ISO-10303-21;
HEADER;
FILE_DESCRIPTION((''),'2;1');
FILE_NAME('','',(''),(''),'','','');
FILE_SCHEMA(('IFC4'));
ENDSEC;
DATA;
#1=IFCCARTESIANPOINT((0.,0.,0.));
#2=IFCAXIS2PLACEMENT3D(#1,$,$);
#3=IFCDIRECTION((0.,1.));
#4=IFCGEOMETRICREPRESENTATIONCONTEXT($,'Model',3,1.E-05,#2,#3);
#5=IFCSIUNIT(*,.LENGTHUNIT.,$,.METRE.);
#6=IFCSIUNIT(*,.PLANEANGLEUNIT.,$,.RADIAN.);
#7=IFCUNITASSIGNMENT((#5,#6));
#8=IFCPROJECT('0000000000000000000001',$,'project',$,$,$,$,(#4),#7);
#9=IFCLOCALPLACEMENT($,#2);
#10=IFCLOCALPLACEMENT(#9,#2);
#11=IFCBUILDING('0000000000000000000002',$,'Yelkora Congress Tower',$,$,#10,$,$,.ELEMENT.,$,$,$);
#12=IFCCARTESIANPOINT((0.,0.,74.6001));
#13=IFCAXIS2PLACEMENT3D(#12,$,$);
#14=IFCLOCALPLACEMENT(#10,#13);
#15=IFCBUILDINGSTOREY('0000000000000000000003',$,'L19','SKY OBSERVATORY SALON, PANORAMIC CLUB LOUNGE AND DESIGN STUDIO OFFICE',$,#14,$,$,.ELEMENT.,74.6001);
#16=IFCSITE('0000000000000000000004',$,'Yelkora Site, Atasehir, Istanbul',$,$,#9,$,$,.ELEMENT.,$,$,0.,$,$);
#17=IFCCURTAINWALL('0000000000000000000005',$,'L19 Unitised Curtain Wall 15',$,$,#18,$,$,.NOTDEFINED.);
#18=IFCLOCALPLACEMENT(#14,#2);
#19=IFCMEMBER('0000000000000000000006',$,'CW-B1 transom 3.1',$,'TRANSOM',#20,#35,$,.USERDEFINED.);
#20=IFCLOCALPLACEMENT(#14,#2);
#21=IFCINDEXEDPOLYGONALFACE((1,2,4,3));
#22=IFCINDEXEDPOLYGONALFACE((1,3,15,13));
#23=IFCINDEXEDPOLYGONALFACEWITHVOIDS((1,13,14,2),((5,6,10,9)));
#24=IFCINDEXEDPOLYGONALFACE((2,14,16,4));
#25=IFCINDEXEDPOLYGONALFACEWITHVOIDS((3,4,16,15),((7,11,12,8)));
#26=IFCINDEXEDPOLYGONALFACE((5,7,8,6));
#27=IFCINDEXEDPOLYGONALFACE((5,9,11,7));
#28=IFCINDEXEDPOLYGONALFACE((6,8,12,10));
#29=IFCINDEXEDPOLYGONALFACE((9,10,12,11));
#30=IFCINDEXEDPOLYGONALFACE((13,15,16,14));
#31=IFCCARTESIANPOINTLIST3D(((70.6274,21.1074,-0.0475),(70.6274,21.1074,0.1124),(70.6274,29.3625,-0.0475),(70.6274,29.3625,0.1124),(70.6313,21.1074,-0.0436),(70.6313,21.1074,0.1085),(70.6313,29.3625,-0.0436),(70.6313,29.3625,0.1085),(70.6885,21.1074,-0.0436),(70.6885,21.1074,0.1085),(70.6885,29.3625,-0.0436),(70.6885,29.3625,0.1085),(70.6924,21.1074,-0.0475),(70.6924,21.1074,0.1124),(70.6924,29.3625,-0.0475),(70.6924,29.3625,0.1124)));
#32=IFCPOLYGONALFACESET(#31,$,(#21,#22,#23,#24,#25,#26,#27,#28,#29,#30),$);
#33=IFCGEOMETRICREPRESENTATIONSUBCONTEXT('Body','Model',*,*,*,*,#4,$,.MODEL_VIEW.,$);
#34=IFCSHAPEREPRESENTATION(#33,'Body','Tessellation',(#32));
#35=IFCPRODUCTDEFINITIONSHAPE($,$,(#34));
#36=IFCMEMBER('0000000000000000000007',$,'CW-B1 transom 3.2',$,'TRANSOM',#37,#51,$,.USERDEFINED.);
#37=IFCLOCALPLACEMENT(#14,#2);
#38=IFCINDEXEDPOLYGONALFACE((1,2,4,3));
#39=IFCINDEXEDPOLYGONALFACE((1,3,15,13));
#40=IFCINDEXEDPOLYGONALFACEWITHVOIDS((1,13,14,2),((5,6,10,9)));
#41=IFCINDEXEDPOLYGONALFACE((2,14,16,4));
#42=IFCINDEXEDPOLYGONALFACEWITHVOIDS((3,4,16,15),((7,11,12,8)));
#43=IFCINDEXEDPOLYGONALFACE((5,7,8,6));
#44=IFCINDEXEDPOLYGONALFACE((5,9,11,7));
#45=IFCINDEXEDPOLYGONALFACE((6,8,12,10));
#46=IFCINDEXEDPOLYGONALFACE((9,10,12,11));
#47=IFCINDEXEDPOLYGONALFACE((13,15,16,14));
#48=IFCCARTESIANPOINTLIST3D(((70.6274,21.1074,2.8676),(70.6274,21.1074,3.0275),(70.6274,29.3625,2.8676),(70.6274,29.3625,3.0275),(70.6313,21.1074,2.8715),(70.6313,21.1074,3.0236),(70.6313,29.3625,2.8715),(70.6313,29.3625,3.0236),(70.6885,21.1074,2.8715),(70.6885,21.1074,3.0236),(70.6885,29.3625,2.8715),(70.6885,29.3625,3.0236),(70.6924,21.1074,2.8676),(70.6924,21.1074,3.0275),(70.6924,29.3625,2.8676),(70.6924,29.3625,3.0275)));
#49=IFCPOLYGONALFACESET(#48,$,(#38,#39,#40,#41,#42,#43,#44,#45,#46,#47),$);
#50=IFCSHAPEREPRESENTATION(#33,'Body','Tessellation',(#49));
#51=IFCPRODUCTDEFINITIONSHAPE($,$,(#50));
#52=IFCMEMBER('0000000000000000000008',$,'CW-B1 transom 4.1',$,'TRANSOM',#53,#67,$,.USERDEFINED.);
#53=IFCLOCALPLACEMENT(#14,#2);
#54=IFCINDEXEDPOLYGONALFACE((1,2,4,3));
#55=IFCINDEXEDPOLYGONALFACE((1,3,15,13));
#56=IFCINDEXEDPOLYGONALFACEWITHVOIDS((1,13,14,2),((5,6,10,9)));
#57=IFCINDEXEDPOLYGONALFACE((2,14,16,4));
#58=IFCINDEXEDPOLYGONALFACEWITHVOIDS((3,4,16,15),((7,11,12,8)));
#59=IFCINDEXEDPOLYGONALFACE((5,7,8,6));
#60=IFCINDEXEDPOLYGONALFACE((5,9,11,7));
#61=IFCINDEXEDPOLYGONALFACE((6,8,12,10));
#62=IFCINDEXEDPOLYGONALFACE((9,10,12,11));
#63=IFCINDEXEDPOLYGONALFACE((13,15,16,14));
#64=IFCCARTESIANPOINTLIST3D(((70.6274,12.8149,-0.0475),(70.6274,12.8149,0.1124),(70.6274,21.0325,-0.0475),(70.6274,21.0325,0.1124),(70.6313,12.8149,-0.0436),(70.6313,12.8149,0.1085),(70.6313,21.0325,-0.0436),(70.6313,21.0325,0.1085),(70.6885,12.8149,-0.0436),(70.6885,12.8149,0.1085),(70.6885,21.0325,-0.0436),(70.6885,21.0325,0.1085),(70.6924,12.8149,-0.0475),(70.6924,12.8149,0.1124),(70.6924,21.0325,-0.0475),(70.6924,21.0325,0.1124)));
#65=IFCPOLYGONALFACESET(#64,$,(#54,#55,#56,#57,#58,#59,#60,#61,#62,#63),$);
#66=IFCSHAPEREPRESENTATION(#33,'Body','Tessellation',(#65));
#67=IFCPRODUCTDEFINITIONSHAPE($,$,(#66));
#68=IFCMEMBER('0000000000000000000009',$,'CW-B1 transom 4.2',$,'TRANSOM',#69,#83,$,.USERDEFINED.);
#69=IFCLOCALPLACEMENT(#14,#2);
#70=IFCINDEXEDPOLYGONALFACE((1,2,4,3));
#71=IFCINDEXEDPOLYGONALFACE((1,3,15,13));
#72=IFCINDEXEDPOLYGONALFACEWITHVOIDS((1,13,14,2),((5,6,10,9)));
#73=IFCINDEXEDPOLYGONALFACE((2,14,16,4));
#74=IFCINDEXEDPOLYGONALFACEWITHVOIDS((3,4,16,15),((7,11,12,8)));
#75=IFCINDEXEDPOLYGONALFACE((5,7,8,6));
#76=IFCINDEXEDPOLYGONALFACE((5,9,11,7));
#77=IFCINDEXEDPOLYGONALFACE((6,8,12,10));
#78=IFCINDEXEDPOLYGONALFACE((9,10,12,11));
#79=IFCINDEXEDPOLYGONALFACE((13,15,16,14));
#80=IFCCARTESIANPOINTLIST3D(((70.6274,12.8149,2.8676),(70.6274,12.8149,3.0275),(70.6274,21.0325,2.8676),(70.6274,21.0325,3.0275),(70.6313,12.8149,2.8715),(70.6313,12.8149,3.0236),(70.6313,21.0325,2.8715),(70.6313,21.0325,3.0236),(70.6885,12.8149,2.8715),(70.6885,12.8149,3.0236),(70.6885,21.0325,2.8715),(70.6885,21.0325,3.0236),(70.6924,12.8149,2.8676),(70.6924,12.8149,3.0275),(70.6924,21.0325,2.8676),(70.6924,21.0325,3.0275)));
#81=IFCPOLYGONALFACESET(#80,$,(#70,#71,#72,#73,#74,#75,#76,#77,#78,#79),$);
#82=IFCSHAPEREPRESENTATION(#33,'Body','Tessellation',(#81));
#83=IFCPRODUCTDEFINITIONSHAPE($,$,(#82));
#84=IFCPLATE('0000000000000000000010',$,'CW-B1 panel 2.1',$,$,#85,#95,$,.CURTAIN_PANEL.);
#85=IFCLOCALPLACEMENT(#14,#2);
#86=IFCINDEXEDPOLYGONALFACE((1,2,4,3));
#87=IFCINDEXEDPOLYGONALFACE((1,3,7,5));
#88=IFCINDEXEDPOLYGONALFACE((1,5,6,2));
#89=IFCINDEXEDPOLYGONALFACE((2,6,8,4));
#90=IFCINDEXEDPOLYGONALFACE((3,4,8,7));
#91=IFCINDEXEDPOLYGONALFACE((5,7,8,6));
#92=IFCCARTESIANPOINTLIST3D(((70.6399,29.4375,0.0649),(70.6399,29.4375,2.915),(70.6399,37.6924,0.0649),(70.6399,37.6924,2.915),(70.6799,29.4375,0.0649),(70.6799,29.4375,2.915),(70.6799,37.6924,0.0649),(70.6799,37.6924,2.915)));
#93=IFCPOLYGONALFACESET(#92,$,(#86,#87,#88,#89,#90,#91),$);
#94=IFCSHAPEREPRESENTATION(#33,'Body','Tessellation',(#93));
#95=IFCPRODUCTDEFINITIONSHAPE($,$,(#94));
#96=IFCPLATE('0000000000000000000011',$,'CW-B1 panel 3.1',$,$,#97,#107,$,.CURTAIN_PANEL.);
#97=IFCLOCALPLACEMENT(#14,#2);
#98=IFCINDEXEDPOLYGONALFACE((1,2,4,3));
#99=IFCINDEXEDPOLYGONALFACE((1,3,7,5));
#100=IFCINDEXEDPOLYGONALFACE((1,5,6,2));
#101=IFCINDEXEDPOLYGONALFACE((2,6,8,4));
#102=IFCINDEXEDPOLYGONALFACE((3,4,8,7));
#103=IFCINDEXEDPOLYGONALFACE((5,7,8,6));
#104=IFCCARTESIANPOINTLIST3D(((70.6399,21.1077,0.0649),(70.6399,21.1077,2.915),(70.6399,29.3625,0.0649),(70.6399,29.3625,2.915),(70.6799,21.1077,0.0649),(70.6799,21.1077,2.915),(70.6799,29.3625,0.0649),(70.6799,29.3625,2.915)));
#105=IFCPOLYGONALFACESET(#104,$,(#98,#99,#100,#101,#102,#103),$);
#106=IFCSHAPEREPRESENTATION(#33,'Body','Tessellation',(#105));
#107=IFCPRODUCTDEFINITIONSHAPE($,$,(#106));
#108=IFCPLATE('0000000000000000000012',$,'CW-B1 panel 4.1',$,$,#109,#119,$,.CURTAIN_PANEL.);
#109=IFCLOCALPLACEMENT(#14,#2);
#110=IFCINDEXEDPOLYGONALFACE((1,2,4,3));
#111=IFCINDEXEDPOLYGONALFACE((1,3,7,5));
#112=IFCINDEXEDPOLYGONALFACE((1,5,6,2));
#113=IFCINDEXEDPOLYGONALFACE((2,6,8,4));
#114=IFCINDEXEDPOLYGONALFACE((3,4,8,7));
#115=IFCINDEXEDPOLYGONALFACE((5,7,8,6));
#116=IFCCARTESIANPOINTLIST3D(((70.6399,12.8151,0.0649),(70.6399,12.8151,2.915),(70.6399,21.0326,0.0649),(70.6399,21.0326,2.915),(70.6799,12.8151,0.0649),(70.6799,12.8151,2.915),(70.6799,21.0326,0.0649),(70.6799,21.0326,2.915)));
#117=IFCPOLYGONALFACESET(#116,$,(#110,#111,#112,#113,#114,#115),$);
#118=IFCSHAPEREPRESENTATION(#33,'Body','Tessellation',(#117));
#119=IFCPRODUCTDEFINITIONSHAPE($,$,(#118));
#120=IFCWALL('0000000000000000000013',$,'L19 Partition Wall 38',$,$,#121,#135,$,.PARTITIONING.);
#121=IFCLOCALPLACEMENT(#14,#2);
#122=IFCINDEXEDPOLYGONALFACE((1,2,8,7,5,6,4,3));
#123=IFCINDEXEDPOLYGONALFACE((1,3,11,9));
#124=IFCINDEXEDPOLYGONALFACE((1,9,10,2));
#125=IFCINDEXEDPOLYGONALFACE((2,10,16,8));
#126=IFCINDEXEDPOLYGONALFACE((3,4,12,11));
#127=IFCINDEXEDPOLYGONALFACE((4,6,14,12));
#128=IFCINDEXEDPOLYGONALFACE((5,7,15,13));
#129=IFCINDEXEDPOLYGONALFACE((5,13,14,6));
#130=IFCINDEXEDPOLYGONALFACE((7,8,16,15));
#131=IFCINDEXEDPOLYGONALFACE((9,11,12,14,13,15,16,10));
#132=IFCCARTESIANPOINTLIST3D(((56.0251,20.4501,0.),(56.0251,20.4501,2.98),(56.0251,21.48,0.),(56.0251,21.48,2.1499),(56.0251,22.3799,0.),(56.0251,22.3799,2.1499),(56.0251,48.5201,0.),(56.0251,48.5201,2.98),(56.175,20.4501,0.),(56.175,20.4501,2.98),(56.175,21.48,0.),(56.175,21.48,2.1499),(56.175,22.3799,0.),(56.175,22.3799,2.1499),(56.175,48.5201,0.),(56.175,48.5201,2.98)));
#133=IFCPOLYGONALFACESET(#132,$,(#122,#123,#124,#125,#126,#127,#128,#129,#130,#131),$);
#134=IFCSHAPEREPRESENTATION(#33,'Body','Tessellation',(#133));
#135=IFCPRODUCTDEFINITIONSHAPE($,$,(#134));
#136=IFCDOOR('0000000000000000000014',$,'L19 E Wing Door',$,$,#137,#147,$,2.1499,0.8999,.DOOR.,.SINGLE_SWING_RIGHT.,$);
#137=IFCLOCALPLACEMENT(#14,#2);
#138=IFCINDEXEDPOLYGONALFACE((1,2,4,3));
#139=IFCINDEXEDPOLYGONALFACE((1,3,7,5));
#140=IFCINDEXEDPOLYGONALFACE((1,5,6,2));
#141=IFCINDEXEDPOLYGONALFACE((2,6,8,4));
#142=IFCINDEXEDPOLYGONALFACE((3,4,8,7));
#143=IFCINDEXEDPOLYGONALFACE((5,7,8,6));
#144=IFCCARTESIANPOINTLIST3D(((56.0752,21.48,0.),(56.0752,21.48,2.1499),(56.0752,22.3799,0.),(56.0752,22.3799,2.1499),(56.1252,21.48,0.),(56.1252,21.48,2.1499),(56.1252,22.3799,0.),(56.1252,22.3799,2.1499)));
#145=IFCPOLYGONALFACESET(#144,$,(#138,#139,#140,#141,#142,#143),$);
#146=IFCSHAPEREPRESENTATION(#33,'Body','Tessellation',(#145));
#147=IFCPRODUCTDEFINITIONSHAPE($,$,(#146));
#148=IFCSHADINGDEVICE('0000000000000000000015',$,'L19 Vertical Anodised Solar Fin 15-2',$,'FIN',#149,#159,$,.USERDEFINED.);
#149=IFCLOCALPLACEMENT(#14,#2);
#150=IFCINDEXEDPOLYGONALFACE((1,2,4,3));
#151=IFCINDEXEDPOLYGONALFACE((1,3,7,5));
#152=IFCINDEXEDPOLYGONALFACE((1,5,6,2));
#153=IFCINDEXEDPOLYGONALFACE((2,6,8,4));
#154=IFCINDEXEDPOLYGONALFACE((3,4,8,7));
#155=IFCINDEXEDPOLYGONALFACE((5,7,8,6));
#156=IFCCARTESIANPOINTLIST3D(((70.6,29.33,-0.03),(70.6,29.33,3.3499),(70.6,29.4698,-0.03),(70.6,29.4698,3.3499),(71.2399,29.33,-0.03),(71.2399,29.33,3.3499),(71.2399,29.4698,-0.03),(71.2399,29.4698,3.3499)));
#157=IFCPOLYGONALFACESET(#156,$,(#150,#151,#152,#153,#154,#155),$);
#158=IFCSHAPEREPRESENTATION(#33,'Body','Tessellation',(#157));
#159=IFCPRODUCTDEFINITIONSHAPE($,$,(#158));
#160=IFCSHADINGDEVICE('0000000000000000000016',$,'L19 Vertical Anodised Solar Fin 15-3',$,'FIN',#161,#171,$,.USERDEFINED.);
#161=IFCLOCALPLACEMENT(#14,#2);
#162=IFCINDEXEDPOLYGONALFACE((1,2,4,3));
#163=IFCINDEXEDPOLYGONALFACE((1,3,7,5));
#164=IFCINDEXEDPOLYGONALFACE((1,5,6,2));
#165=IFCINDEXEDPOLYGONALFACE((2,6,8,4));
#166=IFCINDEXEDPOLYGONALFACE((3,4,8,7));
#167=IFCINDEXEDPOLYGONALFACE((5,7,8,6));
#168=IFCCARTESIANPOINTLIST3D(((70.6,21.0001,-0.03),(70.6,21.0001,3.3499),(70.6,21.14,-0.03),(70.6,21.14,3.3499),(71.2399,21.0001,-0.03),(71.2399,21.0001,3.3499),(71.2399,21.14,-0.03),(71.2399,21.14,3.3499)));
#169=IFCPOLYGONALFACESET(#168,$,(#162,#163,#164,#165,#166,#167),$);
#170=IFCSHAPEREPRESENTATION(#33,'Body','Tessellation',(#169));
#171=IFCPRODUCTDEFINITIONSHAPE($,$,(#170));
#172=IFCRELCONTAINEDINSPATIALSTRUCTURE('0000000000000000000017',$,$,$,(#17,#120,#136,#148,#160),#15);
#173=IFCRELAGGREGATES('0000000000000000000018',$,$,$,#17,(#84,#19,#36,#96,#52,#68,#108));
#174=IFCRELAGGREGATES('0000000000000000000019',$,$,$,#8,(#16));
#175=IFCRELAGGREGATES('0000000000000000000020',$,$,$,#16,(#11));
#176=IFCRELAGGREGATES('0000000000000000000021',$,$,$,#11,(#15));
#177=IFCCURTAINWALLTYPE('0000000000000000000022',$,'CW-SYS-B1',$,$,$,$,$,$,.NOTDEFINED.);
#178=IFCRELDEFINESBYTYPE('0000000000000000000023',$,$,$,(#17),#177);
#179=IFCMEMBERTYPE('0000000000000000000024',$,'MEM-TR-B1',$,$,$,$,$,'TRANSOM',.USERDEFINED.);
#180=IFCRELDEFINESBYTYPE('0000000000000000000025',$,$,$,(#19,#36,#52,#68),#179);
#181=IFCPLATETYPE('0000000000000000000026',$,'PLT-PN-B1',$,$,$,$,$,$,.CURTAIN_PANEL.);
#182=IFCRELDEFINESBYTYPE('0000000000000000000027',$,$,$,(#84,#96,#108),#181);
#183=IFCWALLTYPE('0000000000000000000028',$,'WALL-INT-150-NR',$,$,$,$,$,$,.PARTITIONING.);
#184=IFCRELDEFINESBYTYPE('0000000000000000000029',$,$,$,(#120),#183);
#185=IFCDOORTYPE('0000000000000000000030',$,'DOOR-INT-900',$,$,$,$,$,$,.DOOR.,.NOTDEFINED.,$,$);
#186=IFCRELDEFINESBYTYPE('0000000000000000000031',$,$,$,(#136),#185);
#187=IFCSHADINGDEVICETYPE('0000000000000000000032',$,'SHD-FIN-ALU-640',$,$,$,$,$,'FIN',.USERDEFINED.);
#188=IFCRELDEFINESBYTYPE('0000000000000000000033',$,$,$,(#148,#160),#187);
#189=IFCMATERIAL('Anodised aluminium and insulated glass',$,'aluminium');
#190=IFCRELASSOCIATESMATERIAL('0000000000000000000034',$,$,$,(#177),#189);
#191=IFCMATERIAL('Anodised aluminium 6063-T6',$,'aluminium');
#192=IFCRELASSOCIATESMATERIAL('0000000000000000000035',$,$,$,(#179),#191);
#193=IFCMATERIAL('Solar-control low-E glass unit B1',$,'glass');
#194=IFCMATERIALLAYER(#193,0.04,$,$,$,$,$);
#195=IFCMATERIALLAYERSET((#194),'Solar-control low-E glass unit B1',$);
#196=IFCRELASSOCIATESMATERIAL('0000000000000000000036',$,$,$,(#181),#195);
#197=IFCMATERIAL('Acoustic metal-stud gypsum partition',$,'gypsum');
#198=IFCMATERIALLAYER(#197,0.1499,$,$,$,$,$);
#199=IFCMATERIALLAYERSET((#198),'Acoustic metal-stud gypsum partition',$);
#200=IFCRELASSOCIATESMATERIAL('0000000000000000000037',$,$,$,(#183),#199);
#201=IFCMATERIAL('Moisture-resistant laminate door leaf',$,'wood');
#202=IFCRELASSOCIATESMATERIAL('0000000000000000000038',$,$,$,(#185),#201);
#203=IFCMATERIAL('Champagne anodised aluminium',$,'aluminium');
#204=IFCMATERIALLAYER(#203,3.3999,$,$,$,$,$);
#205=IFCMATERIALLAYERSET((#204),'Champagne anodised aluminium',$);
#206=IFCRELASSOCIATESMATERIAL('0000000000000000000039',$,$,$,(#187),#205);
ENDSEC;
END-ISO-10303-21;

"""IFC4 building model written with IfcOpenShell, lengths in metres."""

from ifc_helpers import new_model, si_unit, direction, frame, frame_2d, origin, origin_2d, place, context, subcontext, project, spatial, rectangle, hollow_rectangle, extrude, material, layer, layer_set, material_profile, profile_set, type_object, element, fill, aggregate, save


model = new_model("IFC4")

# Units and contexts
model_context = context("Model", 3, precision=1e-05, world=origin(), true_north=direction((0.0, 1.0)))
body_context = subcontext(model_context, "Body", "Model", "MODEL_VIEW")
ifc_project = project(units=[si_unit("LENGTHUNIT", "METRE"), si_unit("PLANEANGLEUNIT", "RADIAN")], contexts=[model_context])

# Site, building, storey
site_placement = place(None, origin())
site = spatial("IfcSite", under=ifc_project, at=site_placement, Name="Yelkora Site, Atasehir, Istanbul", CompositionType="ELEMENT", RefElevation=0.0)
building_placement = place(site_placement, origin())
building = spatial("IfcBuilding", under=site, at=building_placement, Name="Yelkora Congress Tower", CompositionType="ELEMENT")
storey_placement = place(building_placement, frame((0.0, 0.0, 74.6001)))
storey = spatial("IfcBuildingStorey", under=building, at=storey_placement, Name="L19", Description="SKY OBSERVATORY SALON, PANORAMIC CLUB LOUNGE AND DESIGN STUDIO OFFICE", CompositionType="ELEMENT", Elevation=74.6001)

# Curtain wall, members, plates
ifc_material_1 = material(Name="Anodised aluminium and insulated glass", Category="aluminium")
curtain_wall_type = type_object("IfcCurtainWallType", Name="CW-SYS-B1", PredefinedType="NOTDEFINED", material=ifc_material_1)
curtain_wall_placement = place(storey_placement, origin())
curtain_wall = element("IfcCurtainWall", 1, at=curtain_wall_placement, inside=storey, type_object=curtain_wall_type, Name="L19 Unitised Curtain Wall 15", PredefinedType="NOTDEFINED")
ifc_material_2 = material(Name="Anodised aluminium 6063-T6", Category="aluminium")
ifc_material_profile_1 = material_profile(ifc_material_2, hollow_rectangle(XDim=0.0649, YDim=0.1599, WallThickness=0.0039, at=origin_2d()), Name="ALU 65x160x4")
ifc_profile_set_1 = profile_set([ifc_material_profile_1], Name="Anodised aluminium 6063-T6")
member_type_1 = type_object("IfcMemberType", Name="MEM-TR-B1", ElementType="TRANSOM", PredefinedType="USERDEFINED", material=ifc_profile_set_1)
member_1_placement = place(storey_placement, frame((70.6599, 29.3625, 0.0325), z_axis=(0.0, -1.0, 0.0), x_axis=(1.0, 0.0, 0.0)))
member_1 = element("IfcMember", 2, at=member_1_placement, type_object=member_type_1, Name="CW-B1 transom 3.1", ObjectType="TRANSOM", PredefinedType="USERDEFINED", context=body_context, shape_type="SweptSolid", body=[
    extrude(hollow_rectangle(XDim=0.0649, YDim=0.1599, WallThickness=0.0039, at=origin_2d()), origin(), (0.0, 0.0, 1.0), 8.2551),
])
member_2_placement = place(storey_placement, frame((70.6599, 29.3625, 2.9475), z_axis=(0.0, -1.0, 0.0), x_axis=(1.0, 0.0, 0.0)))
member_2 = element("IfcMember", 3, at=member_2_placement, type_object=member_type_1, Name="CW-B1 transom 3.2", ObjectType="TRANSOM", PredefinedType="USERDEFINED", context=body_context, shape_type="SweptSolid", body=[
    extrude(hollow_rectangle(XDim=0.0649, YDim=0.1599, WallThickness=0.0039, at=origin_2d()), origin(), (0.0, 0.0, 1.0), 8.2551),
])
member_3_placement = place(storey_placement, frame((70.6599, 21.0325, 0.0325), z_axis=(0.0, -1.0, 0.0), x_axis=(1.0, 0.0, 0.0)))
member_3 = element("IfcMember", 4, at=member_3_placement, type_object=member_type_1, Name="CW-B1 transom 4.1", ObjectType="TRANSOM", PredefinedType="USERDEFINED", context=body_context, shape_type="SweptSolid", body=[
    extrude(hollow_rectangle(XDim=0.0649, YDim=0.1599, WallThickness=0.0039, at=origin_2d()), origin(), (0.0, 0.0, 1.0), 8.2175),
])
member_4_placement = place(storey_placement, frame((70.6599, 21.0325, 2.9475), z_axis=(0.0, -1.0, 0.0), x_axis=(1.0, 0.0, 0.0)))
member_4 = element("IfcMember", 5, at=member_4_placement, type_object=member_type_1, Name="CW-B1 transom 4.2", ObjectType="TRANSOM", PredefinedType="USERDEFINED", context=body_context, shape_type="SweptSolid", body=[
    extrude(hollow_rectangle(XDim=0.0649, YDim=0.1599, WallThickness=0.0039, at=origin_2d()), origin(), (0.0, 0.0, 1.0), 8.2175),
])
ifc_material_3 = material(Name="Solar-control low-E glass unit B1", Category="glass")
ifc_layer_1 = layer(ifc_material_3, 0.04)
ifc_layer_set_1 = layer_set([ifc_layer_1], Name="Solar-control low-E glass unit B1")
plate_type = type_object("IfcPlateType", Name="PLT-PN-B1", PredefinedType="CURTAIN_PANEL", material=ifc_layer_set_1)
plate_1_placement = place(storey_placement, frame((70.6599, 33.5649, 0.0649), z_axis=(0.0, 0.0, 1.0), x_axis=(0.0, -1.0, 0.0)))
plate_1 = element("IfcPlate", 6, at=plate_1_placement, type_object=plate_type, Name="CW-B1 panel 2.1", PredefinedType="CURTAIN_PANEL", context=body_context, shape_type="SweptSolid", body=[
    extrude(rectangle(XDim=8.2549, YDim=0.04, at=origin_2d()), origin(), (0.0, 0.0, 1.0), 2.8501),
])
plate_2_placement = place(storey_placement, frame((70.6599, 25.2351, 0.0649), z_axis=(0.0, 0.0, 1.0), x_axis=(0.0, -1.0, 0.0)))
plate_2 = element("IfcPlate", 7, at=plate_2_placement, type_object=plate_type, Name="CW-B1 panel 3.1", PredefinedType="CURTAIN_PANEL", context=body_context, shape_type="SweptSolid", body=[
    extrude(rectangle(XDim=8.2549, YDim=0.04, at=origin_2d()), origin(), (0.0, 0.0, 1.0), 2.8501),
])
plate_3_placement = place(storey_placement, frame((70.6599, 16.9238, 0.0649), z_axis=(0.0, 0.0, 1.0), x_axis=(0.0, -1.0, 0.0)))
plate_3 = element("IfcPlate", 8, at=plate_3_placement, type_object=plate_type, Name="CW-B1 panel 4.1", PredefinedType="CURTAIN_PANEL", context=body_context, shape_type="SweptSolid", body=[
    extrude(rectangle(XDim=8.2175, YDim=0.04, at=origin_2d()), origin(), (0.0, 0.0, 1.0), 2.8501),
])
aggregate(curtain_wall, [plate_1, member_1, member_2, plate_2, member_3, member_4, plate_3])

# Wall, opening, door
ifc_material_4 = material(Name="Acoustic metal-stud gypsum partition", Category="gypsum")
ifc_layer_2 = layer(ifc_material_4, 0.1499)
ifc_layer_set_2 = layer_set([ifc_layer_2], Name="Acoustic metal-stud gypsum partition")
wall_type = type_object("IfcWallType", Name="WALL-INT-150-NR", PredefinedType="PARTITIONING", material=ifc_layer_set_2)
wall_placement = place(storey_placement, frame((56.1001, 20.45, 0.0), z_axis=(0.0, 0.0, 1.0), x_axis=(0.0, 1.0, 0.0)))
wall = element("IfcWall", 9, at=wall_placement, inside=storey, type_object=wall_type, Name="L19 Partition Wall 38", PredefinedType="PARTITIONING", context=body_context, shape_type="SweptSolid", body=[
    extrude(rectangle(XDim=28.0701, YDim=0.1499, at=frame_2d((14.0352, 0.0))), origin(), (0.0, 0.0, 1.0), 2.98),
])
opening_placement = place(wall_placement, frame((1.03, 0.0, 0.0)))
opening = element("IfcOpeningElement", 10, at=opening_placement, cuts=wall, PredefinedType="OPENING", context=body_context, shape_type="SweptSolid", body=[
    extrude(rectangle(XDim=0.8999, YDim=2.1499, at=frame_2d((0.45, 1.075))), frame((0.0, 0.085, 0.0), z_axis=(0.0, -1.0, 0.0), x_axis=(1.0, 0.0, 0.0)), (0.0, 0.0, 1.0), 0.1699),
])
ifc_material_5 = material(Name="Moisture-resistant laminate door leaf", Category="wood")
door_type = type_object("IfcDoorType", Name="DOOR-INT-900", OperationType="NOTDEFINED", PredefinedType="DOOR", material=ifc_material_5)
door_placement = place(opening_placement, origin())
door = element("IfcDoor", 11, at=door_placement, inside=storey, type_object=door_type, Name="L19 E Wing Door", OperationType="SINGLE_SWING_RIGHT", OverallHeight=2.1499, OverallWidth=0.8999, PredefinedType="DOOR", context=body_context, shape_type="SweptSolid", body=[
    extrude(rectangle(XDim=0.8999, YDim=2.1499, at=frame_2d((0.45, 1.075))), frame((0.0, 0.0249, 0.0), z_axis=(0.0, -1.0, 0.0), x_axis=(1.0, 0.0, 0.0)), (0.0, 0.0, 1.0), 0.05),
])
fill(opening, door)

# Shading devices
ifc_material_6 = material(Name="Champagne anodised aluminium", Category="aluminium")
ifc_layer_3 = layer(ifc_material_6, 3.3999)
ifc_layer_set_3 = layer_set([ifc_layer_3], Name="Champagne anodised aluminium")
shading_device_type = type_object("IfcShadingDeviceType", Name="SHD-FIN-ALU-640", ElementType="FIN", PredefinedType="USERDEFINED", material=ifc_layer_set_3)
for number, where, z_axis, x_axis, name in (
    (12, (70.9199, 29.3999, -0.03), (0.0, 0.0, 1.0), (0.0, -1.0, 0.0), "L19 Vertical Anodised Solar Fin 15-2"),
    (13, (70.9199, 21.0701, -0.03), (0.0, 0.0, 1.0), (0.0, -1.0, 0.0), "L19 Vertical Anodised Solar Fin 15-3"),
):
    element("IfcShadingDevice", number, at=place(storey_placement, frame(where, z_axis=z_axis, x_axis=x_axis)), inside=storey, type_object=shading_device_type, Name=name, ObjectType="FIN", PredefinedType="USERDEFINED", context=body_context, shape_type="SweptSolid", body=[
        extrude(rectangle(XDim=0.1399, YDim=0.6399, at=origin_2d()), origin(), (0.0, 0.0, 1.0), 3.3799),
    ])

save(model, "model.ifc")
